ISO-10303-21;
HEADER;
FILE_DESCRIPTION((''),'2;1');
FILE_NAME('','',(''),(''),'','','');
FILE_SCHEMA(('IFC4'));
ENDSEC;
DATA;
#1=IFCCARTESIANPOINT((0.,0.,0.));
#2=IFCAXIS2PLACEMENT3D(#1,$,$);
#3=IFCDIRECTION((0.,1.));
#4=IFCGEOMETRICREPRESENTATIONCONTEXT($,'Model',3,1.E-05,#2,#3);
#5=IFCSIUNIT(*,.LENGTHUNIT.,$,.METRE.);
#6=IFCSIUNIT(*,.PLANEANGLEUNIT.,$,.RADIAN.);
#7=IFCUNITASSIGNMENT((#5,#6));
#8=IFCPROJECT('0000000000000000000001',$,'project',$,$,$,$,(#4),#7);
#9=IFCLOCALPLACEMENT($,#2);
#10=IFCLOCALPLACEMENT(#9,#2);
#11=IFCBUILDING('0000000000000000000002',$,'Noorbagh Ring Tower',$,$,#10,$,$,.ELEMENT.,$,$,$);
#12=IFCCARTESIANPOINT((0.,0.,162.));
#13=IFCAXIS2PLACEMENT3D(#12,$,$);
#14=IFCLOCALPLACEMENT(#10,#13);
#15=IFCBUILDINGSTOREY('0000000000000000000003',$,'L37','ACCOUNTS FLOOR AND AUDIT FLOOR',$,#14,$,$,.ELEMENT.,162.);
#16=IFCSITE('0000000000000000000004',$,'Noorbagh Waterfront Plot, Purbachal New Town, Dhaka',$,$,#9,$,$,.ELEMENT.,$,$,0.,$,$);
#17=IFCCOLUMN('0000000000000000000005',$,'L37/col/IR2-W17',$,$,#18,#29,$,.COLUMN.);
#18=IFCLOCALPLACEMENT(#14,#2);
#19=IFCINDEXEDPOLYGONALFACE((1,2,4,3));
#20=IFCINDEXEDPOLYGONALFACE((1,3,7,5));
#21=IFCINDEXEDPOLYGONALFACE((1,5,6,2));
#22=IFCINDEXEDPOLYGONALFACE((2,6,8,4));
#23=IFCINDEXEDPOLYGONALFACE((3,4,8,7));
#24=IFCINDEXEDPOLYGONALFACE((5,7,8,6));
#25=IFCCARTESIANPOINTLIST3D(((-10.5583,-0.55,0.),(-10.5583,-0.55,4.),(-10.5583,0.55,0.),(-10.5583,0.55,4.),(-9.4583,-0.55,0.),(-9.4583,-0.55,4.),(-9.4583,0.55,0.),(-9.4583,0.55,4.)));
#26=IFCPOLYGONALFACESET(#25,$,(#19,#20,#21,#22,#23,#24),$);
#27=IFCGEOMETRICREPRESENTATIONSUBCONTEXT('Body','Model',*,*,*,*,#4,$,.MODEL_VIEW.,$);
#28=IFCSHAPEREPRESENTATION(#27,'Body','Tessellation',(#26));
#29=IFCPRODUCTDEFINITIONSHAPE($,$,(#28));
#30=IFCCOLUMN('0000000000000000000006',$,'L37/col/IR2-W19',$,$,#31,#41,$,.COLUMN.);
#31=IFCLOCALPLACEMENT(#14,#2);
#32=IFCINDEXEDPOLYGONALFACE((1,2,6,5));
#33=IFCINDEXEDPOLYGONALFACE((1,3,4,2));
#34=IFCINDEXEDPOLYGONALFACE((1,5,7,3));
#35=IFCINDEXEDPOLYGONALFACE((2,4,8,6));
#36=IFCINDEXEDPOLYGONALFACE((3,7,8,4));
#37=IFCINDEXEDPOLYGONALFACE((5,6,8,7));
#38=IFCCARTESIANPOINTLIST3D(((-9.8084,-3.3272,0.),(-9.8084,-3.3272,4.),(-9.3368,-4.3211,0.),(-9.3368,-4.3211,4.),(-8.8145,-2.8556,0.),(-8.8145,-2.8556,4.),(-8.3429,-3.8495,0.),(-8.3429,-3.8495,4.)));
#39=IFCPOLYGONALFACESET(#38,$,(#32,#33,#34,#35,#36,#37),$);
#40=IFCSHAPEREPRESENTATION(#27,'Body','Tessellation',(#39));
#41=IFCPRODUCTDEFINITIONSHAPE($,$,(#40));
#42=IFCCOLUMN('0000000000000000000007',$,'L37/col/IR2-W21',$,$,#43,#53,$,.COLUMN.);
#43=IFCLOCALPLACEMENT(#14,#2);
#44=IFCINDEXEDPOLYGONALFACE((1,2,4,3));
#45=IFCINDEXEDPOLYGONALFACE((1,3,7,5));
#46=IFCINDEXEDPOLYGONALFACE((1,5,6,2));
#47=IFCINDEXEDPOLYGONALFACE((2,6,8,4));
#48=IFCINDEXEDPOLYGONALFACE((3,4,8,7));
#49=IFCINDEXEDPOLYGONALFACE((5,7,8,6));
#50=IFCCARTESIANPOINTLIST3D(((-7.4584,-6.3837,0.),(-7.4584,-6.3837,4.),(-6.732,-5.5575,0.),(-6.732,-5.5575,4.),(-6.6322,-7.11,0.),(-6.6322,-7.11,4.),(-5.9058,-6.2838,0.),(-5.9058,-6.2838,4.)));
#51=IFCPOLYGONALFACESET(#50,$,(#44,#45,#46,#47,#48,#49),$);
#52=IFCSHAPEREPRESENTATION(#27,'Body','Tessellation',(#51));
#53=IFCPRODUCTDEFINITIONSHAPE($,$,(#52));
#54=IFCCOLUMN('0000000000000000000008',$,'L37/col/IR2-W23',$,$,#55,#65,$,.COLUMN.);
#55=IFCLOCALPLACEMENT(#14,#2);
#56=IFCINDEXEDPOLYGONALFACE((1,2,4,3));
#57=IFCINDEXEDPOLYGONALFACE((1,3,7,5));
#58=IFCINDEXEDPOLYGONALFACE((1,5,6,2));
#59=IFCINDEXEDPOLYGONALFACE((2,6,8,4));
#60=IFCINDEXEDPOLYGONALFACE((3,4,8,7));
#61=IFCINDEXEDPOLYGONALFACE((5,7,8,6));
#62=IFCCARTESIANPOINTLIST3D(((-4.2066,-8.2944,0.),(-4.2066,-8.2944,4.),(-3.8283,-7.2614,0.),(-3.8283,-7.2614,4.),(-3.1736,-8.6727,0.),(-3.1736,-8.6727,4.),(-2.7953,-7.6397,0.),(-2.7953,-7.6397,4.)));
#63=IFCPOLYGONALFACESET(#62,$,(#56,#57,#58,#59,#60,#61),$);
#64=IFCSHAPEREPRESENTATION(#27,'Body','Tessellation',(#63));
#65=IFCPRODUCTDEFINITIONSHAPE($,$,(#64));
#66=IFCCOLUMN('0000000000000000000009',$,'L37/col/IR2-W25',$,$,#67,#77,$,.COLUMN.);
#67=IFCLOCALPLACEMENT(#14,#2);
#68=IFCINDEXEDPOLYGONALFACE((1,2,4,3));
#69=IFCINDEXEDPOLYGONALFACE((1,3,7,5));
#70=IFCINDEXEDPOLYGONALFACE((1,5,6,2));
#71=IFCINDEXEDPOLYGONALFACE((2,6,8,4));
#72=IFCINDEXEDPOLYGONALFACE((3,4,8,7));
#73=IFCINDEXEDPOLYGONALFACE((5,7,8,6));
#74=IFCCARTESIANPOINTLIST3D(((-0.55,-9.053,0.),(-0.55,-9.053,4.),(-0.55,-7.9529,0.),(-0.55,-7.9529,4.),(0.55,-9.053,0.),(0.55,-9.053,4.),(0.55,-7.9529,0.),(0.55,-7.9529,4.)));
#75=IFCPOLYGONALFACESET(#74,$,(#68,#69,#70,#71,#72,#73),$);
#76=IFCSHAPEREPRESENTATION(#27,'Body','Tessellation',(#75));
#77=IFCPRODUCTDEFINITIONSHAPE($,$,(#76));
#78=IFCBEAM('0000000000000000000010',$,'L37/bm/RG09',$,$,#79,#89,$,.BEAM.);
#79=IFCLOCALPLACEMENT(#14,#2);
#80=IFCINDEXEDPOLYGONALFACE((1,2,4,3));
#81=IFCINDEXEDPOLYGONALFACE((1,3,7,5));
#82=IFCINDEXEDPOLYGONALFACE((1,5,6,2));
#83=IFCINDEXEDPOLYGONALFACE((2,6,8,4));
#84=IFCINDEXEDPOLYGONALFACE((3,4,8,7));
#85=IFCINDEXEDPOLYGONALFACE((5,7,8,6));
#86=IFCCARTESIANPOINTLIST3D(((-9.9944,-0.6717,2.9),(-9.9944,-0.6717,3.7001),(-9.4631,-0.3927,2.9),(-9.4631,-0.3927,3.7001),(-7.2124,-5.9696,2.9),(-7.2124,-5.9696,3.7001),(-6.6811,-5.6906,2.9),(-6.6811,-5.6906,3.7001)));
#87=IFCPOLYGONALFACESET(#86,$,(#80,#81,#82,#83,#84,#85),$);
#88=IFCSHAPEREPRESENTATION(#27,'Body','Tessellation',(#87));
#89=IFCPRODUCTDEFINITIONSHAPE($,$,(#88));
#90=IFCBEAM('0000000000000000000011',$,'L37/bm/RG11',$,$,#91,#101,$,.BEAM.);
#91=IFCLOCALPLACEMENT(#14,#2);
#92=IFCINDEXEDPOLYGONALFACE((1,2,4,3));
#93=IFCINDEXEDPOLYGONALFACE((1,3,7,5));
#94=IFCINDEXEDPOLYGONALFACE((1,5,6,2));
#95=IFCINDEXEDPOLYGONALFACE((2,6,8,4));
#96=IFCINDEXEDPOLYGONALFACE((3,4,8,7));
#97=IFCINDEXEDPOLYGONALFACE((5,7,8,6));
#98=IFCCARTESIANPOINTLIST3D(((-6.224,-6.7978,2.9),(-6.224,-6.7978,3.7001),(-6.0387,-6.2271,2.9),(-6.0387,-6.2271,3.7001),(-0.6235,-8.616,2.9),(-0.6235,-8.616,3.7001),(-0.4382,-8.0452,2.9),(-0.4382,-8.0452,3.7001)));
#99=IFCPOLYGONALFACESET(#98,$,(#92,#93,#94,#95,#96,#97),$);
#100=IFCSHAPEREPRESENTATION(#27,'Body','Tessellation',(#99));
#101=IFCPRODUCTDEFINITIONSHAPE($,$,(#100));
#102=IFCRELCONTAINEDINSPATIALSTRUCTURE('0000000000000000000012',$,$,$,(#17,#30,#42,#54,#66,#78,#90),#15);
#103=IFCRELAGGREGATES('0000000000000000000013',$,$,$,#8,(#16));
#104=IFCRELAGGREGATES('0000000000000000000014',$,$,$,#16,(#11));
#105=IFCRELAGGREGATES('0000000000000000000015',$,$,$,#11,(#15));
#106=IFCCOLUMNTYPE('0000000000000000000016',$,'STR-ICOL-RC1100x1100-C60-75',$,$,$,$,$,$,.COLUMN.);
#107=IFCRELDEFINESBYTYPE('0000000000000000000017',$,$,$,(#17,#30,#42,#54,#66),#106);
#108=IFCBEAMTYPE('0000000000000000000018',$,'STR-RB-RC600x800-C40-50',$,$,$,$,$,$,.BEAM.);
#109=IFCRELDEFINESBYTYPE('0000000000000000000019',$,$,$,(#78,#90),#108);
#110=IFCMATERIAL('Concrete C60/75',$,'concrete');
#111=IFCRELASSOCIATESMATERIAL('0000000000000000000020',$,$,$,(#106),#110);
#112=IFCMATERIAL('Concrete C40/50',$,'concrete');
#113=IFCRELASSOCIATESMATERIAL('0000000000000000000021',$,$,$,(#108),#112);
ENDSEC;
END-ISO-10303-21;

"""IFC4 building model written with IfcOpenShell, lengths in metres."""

from ifc_helpers import new_model, si_unit, direction, frame, origin, origin_2d, place, context, subcontext, project, spatial, rectangle, extrude, material, material_profile, profile_set, type_object, element, save


model = new_model("IFC4")

# Units and contexts
model_context = context("Model", 3, precision=1e-05, world=origin(), true_north=direction((0.0, 1.0)))
body_context = subcontext(model_context, "Body", "Model", "MODEL_VIEW")
ifc_project = project(units=[si_unit("LENGTHUNIT", "METRE"), si_unit("PLANEANGLEUNIT", "RADIAN")], contexts=[model_context])

# Site, building, storey
site_placement = place(None, origin())
site = spatial("IfcSite", under=ifc_project, at=site_placement, Name="Noorbagh Waterfront Plot, Purbachal New Town, Dhaka", CompositionType="ELEMENT", RefElevation=0.0)
building_placement = place(site_placement, origin())
building = spatial("IfcBuilding", under=site, at=building_placement, Name="Noorbagh Ring Tower", CompositionType="ELEMENT")
storey_placement = place(building_placement, frame((0.0, 0.0, 162.0)))
storey = spatial("IfcBuildingStorey", under=building, at=storey_placement, Name="L37", Description="ACCOUNTS FLOOR AND AUDIT FLOOR", CompositionType="ELEMENT", Elevation=162.0)

# Columns
ifc_material_1 = material(Name="Concrete C60/75", Category="concrete")
ifc_material_profile_1 = material_profile(ifc_material_1, rectangle(XDim=1.1001, YDim=1.1001, at=origin_2d()), Name="RC1100x1100")
ifc_profile_set_1 = profile_set([ifc_material_profile_1], Name="Concrete C60/75")
column_type = type_object("IfcColumnType", Name="STR-ICOL-RC1100x1100-C60-75", PredefinedType="COLUMN", material=ifc_profile_set_1)
for number, where, z_axis, x_axis, name in (
    (1, (-10.0083, 0.0, 0.0), (0.0, 0.0, 1.0), (0.0, -1.0, 0.0), "L37/col/IR2-W17"),
    (2, (-9.0757, -3.5884, 0.0), (0.0, 0.0, 1.0), (0.428667, -0.903463, 0.0), "L37/col/IR2-W19"),
    (3, (-6.6821, -6.3337, 0.0), (0.0, 0.0, 1.0), (0.751022, -0.660277, 0.0), "L37/col/IR2-W21"),
    (4, (-3.501, -7.967, 0.0), (0.0, 0.0, 1.0), (0.93902, -0.343864, 0.0), "L37/col/IR2-W23"),
    (5, (0.0, -8.5029, 0.0), (0.0, 0.0, 1.0), (1.0, 0.0, 0.0), "L37/col/IR2-W25"),
):
    element("IfcColumn", number, at=place(storey_placement, frame(where, z_axis=z_axis, x_axis=x_axis)), inside=storey, type_object=column_type, Name=name, PredefinedType="COLUMN", context=body_context, shape_type="SweptSolid", body=[
        extrude(rectangle(XDim=1.1001, YDim=1.1001, at=origin_2d()), origin(), (0.0, 0.0, 1.0), 4.0),
    ])

# Beams
ifc_material_2 = material(Name="Concrete C40/50", Category="concrete")
ifc_material_profile_2 = material_profile(ifc_material_2, rectangle(XDim=0.6001, YDim=0.8, at=origin_2d()), Name="RC600x800")
ifc_profile_set_2 = profile_set([ifc_material_profile_2], Name="Concrete C40/50")
beam_type = type_object("IfcBeamType", Name="STR-RB-RC600x800-C40-50", PredefinedType="BEAM", material=ifc_profile_set_2)
beam_1_placement = place(storey_placement, frame((-9.7288, -0.5322, 3.3), z_axis=(0.464914, -0.885356, 0.0), x_axis=(0.885356, 0.464914, 0.0)))
element("IfcBeam", 6, at=beam_1_placement, inside=storey, type_object=beam_type, Name="L37/bm/RG09", PredefinedType="BEAM", context=body_context, shape_type="SweptSolid", body=[
    extrude(rectangle(XDim=0.6001, YDim=0.8, at=origin_2d()), origin(), (0.0, 0.0, 1.0), 5.9839),
])
beam_2_placement = place(storey_placement, frame((-6.1313, -6.5125, 3.3), z_axis=(0.951134, -0.308779, 0.0), x_axis=(0.308779, 0.951134, 0.0)))
element("IfcBeam", 7, at=beam_2_placement, inside=storey, type_object=beam_type, Name="L37/bm/RG11", PredefinedType="BEAM", context=body_context, shape_type="SweptSolid", body=[
    extrude(rectangle(XDim=0.6001, YDim=0.8, at=origin_2d()), origin(), (0.0, 0.0, 1.0), 5.8882),
])

save(model, "model.ifc")
